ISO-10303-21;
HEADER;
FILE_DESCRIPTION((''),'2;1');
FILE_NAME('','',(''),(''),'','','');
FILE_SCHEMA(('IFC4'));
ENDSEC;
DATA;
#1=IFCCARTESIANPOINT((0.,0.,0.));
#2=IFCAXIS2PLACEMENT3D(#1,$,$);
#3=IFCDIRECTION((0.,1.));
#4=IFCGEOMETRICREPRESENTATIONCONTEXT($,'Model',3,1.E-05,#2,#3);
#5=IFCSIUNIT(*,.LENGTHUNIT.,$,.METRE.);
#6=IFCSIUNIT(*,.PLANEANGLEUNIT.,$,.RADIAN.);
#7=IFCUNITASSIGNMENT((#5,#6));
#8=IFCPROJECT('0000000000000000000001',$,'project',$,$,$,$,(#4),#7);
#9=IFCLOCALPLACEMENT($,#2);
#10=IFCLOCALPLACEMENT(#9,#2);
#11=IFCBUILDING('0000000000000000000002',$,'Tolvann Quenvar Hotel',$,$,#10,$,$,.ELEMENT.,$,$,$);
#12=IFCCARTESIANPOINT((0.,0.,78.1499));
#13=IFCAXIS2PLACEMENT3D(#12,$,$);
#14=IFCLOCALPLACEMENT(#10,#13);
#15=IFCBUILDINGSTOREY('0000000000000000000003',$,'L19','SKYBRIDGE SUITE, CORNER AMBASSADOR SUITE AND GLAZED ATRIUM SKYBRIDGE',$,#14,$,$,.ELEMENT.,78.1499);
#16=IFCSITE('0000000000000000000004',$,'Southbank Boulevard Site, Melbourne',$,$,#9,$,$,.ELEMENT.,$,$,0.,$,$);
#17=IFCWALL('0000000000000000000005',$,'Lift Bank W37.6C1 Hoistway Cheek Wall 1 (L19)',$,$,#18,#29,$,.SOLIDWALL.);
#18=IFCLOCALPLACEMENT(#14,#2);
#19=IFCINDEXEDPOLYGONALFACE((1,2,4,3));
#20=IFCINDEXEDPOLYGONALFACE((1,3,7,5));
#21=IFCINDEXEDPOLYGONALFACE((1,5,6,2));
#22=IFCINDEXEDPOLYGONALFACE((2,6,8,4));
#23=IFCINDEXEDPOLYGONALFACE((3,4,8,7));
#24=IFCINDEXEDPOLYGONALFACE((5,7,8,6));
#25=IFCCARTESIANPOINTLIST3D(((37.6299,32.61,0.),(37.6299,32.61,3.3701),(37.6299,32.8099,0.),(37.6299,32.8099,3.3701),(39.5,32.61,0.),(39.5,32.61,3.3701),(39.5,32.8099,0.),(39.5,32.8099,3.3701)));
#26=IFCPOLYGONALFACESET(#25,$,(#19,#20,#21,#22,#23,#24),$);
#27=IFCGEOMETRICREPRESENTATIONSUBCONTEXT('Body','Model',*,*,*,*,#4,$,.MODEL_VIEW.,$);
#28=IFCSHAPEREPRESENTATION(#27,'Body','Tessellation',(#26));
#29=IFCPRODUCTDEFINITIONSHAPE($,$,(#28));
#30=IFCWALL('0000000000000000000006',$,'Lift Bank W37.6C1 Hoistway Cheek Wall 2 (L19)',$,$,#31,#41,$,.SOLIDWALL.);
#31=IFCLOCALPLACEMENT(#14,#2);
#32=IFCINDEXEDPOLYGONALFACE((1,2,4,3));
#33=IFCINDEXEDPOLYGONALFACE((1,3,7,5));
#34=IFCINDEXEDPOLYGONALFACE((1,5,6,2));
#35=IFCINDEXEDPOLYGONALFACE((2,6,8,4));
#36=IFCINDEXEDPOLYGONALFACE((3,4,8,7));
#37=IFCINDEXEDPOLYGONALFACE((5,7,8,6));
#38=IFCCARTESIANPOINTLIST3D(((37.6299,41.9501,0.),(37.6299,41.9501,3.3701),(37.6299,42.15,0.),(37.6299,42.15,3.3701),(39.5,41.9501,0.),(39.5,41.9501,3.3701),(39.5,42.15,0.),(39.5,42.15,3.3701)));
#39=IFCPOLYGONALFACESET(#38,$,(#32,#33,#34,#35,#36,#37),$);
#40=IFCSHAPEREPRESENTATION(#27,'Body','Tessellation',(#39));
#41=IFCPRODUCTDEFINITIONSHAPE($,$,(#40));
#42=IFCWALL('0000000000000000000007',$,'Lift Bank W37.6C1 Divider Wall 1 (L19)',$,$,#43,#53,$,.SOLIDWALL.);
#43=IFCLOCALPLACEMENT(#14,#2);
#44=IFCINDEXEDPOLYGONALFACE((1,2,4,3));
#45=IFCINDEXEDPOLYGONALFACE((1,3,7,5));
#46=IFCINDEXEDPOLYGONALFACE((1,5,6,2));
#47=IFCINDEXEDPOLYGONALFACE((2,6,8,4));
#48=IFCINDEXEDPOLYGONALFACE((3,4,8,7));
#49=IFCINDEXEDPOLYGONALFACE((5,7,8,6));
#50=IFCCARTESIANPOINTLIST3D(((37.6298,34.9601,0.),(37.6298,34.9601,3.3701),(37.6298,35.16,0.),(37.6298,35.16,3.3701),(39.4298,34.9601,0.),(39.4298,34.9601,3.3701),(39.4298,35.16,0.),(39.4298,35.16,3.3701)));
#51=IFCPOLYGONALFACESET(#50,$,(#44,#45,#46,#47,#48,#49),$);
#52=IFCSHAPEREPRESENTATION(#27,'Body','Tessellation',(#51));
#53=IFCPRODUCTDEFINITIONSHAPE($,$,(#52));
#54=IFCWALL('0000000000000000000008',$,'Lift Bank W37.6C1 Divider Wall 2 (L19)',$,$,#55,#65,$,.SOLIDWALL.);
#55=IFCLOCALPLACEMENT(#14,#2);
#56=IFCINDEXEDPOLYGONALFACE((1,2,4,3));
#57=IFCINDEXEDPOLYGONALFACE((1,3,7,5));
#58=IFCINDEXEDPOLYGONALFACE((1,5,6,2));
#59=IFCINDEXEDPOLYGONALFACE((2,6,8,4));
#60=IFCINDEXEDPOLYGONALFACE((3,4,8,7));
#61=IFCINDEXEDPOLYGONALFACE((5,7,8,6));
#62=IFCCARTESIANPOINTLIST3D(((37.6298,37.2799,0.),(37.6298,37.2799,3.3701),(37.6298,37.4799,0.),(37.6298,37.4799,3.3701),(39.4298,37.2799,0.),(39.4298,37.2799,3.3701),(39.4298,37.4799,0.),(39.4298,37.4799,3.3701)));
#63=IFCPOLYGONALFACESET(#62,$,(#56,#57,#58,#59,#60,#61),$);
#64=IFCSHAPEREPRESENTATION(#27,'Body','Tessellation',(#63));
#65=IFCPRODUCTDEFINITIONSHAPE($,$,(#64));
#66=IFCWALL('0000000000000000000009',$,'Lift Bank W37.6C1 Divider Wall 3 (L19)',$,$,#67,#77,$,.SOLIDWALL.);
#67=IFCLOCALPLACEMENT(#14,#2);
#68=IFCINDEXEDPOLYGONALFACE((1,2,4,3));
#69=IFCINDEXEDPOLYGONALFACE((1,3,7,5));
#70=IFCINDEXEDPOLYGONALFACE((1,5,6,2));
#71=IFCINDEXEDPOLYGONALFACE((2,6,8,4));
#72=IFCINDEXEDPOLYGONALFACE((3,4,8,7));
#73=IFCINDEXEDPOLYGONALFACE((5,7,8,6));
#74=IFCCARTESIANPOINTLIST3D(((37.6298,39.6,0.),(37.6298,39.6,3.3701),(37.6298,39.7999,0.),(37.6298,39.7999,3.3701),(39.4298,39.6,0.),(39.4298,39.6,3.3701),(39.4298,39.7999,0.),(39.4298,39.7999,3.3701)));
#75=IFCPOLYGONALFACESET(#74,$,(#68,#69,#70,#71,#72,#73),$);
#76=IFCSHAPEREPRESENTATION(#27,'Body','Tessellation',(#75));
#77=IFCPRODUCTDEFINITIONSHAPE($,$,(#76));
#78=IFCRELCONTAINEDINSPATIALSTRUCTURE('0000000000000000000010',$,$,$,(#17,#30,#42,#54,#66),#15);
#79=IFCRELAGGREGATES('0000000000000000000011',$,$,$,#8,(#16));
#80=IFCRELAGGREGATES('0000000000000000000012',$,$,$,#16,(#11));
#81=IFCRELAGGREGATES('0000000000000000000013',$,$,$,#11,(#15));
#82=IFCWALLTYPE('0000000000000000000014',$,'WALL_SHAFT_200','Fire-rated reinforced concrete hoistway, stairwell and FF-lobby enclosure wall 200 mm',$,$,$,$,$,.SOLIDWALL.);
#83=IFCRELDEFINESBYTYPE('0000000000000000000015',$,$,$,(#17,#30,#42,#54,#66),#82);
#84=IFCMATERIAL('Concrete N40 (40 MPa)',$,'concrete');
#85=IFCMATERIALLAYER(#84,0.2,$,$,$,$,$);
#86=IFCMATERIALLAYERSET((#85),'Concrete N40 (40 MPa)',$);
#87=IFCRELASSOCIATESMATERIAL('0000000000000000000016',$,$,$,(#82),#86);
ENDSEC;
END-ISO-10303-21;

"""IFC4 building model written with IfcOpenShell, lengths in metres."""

from ifc_helpers import new_model, si_unit, direction, frame, frame_2d, origin, place, context, subcontext, project, spatial, rectangle, extrude, material, layer, layer_set, type_object, element, save


model = new_model("IFC4")

# Units and contexts
model_context = context("Model", 3, precision=1e-05, world=origin(), true_north=direction((0.0, 1.0)))
body_context = subcontext(model_context, "Body", "Model", "MODEL_VIEW")
ifc_project = project(units=[si_unit("LENGTHUNIT", "METRE"), si_unit("PLANEANGLEUNIT", "RADIAN")], contexts=[model_context])

# Site, building, storey
site_placement = place(None, origin())
site = spatial("IfcSite", under=ifc_project, at=site_placement, Name="Southbank Boulevard Site, Melbourne", CompositionType="ELEMENT", RefElevation=0.0)
building_placement = place(site_placement, origin())
building = spatial("IfcBuilding", under=site, at=building_placement, Name="Tolvann Quenvar Hotel", CompositionType="ELEMENT")
storey_placement = place(building_placement, frame((0.0, 0.0, 78.1499)))
storey = spatial("IfcBuildingStorey", under=building, at=storey_placement, Name="L19", Description="SKYBRIDGE SUITE, CORNER AMBASSADOR SUITE AND GLAZED ATRIUM SKYBRIDGE", CompositionType="ELEMENT", Elevation=78.1499)

# Walls
ifc_material_1 = material(Name="Concrete N40 (40 MPa)", Category="concrete")
ifc_layer_1 = layer(ifc_material_1, 0.2)
ifc_layer_set_1 = layer_set([ifc_layer_1], Name="Concrete N40 (40 MPa)")
wall_type_1 = type_object("IfcWallType", Name="WALL_SHAFT_200", Description="Fire-rated reinforced concrete hoistway, stairwell and FF-lobby enclosure wall 200 mm", PredefinedType="SOLIDWALL", material=ifc_layer_set_1)
for number, where, z_axis, x_axis, name in (
    (1, (37.6299, 32.71, 0.0), (0.0, 0.0, 1.0), (1.0, 0.0, 0.0), "Lift Bank W37.6C1 Hoistway Cheek Wall 1 (L19)"),
    (2, (37.6299, 42.05, 0.0), (0.0, 0.0, 1.0), (1.0, 0.0, 0.0), "Lift Bank W37.6C1 Hoistway Cheek Wall 2 (L19)"),
):
    element("IfcWall", number, at=place(storey_placement, frame(where, z_axis=z_axis, x_axis=x_axis)), inside=storey, type_object=wall_type_1, Name=name, PredefinedType="SOLIDWALL", context=body_context, shape_type="SweptSolid", body=[
        extrude(rectangle(XDim=1.8701, YDim=0.2, at=frame_2d((0.9351, 0.0))), origin(), (0.0, 0.0, 1.0), 3.3701),
    ])
for number, where, z_axis, x_axis, name in (
    (3, (37.6299, 35.0601, 0.0), (0.0, 0.0, 1.0), (1.0, 0.0, 0.0), "Lift Bank W37.6C1 Divider Wall 1 (L19)"),
    (4, (37.6299, 37.3799, 0.0), (0.0, 0.0, 1.0), (1.0, 0.0, 0.0), "Lift Bank W37.6C1 Divider Wall 2 (L19)"),
    (5, (37.6299, 39.7, 0.0), (0.0, 0.0, 1.0), (1.0, 0.0, 0.0), "Lift Bank W37.6C1 Divider Wall 3 (L19)"),
):
    element("IfcWall", number, at=place(storey_placement, frame(where, z_axis=z_axis, x_axis=x_axis)), inside=storey, type_object=wall_type_1, Name=name, PredefinedType="SOLIDWALL", context=body_context, shape_type="SweptSolid", body=[
        extrude(rectangle(XDim=1.8, YDim=0.2, at=frame_2d((0.8999, 0.0))), origin(), (0.0, 0.0, 1.0), 3.3701),
    ])

save(model, "model.ifc")
